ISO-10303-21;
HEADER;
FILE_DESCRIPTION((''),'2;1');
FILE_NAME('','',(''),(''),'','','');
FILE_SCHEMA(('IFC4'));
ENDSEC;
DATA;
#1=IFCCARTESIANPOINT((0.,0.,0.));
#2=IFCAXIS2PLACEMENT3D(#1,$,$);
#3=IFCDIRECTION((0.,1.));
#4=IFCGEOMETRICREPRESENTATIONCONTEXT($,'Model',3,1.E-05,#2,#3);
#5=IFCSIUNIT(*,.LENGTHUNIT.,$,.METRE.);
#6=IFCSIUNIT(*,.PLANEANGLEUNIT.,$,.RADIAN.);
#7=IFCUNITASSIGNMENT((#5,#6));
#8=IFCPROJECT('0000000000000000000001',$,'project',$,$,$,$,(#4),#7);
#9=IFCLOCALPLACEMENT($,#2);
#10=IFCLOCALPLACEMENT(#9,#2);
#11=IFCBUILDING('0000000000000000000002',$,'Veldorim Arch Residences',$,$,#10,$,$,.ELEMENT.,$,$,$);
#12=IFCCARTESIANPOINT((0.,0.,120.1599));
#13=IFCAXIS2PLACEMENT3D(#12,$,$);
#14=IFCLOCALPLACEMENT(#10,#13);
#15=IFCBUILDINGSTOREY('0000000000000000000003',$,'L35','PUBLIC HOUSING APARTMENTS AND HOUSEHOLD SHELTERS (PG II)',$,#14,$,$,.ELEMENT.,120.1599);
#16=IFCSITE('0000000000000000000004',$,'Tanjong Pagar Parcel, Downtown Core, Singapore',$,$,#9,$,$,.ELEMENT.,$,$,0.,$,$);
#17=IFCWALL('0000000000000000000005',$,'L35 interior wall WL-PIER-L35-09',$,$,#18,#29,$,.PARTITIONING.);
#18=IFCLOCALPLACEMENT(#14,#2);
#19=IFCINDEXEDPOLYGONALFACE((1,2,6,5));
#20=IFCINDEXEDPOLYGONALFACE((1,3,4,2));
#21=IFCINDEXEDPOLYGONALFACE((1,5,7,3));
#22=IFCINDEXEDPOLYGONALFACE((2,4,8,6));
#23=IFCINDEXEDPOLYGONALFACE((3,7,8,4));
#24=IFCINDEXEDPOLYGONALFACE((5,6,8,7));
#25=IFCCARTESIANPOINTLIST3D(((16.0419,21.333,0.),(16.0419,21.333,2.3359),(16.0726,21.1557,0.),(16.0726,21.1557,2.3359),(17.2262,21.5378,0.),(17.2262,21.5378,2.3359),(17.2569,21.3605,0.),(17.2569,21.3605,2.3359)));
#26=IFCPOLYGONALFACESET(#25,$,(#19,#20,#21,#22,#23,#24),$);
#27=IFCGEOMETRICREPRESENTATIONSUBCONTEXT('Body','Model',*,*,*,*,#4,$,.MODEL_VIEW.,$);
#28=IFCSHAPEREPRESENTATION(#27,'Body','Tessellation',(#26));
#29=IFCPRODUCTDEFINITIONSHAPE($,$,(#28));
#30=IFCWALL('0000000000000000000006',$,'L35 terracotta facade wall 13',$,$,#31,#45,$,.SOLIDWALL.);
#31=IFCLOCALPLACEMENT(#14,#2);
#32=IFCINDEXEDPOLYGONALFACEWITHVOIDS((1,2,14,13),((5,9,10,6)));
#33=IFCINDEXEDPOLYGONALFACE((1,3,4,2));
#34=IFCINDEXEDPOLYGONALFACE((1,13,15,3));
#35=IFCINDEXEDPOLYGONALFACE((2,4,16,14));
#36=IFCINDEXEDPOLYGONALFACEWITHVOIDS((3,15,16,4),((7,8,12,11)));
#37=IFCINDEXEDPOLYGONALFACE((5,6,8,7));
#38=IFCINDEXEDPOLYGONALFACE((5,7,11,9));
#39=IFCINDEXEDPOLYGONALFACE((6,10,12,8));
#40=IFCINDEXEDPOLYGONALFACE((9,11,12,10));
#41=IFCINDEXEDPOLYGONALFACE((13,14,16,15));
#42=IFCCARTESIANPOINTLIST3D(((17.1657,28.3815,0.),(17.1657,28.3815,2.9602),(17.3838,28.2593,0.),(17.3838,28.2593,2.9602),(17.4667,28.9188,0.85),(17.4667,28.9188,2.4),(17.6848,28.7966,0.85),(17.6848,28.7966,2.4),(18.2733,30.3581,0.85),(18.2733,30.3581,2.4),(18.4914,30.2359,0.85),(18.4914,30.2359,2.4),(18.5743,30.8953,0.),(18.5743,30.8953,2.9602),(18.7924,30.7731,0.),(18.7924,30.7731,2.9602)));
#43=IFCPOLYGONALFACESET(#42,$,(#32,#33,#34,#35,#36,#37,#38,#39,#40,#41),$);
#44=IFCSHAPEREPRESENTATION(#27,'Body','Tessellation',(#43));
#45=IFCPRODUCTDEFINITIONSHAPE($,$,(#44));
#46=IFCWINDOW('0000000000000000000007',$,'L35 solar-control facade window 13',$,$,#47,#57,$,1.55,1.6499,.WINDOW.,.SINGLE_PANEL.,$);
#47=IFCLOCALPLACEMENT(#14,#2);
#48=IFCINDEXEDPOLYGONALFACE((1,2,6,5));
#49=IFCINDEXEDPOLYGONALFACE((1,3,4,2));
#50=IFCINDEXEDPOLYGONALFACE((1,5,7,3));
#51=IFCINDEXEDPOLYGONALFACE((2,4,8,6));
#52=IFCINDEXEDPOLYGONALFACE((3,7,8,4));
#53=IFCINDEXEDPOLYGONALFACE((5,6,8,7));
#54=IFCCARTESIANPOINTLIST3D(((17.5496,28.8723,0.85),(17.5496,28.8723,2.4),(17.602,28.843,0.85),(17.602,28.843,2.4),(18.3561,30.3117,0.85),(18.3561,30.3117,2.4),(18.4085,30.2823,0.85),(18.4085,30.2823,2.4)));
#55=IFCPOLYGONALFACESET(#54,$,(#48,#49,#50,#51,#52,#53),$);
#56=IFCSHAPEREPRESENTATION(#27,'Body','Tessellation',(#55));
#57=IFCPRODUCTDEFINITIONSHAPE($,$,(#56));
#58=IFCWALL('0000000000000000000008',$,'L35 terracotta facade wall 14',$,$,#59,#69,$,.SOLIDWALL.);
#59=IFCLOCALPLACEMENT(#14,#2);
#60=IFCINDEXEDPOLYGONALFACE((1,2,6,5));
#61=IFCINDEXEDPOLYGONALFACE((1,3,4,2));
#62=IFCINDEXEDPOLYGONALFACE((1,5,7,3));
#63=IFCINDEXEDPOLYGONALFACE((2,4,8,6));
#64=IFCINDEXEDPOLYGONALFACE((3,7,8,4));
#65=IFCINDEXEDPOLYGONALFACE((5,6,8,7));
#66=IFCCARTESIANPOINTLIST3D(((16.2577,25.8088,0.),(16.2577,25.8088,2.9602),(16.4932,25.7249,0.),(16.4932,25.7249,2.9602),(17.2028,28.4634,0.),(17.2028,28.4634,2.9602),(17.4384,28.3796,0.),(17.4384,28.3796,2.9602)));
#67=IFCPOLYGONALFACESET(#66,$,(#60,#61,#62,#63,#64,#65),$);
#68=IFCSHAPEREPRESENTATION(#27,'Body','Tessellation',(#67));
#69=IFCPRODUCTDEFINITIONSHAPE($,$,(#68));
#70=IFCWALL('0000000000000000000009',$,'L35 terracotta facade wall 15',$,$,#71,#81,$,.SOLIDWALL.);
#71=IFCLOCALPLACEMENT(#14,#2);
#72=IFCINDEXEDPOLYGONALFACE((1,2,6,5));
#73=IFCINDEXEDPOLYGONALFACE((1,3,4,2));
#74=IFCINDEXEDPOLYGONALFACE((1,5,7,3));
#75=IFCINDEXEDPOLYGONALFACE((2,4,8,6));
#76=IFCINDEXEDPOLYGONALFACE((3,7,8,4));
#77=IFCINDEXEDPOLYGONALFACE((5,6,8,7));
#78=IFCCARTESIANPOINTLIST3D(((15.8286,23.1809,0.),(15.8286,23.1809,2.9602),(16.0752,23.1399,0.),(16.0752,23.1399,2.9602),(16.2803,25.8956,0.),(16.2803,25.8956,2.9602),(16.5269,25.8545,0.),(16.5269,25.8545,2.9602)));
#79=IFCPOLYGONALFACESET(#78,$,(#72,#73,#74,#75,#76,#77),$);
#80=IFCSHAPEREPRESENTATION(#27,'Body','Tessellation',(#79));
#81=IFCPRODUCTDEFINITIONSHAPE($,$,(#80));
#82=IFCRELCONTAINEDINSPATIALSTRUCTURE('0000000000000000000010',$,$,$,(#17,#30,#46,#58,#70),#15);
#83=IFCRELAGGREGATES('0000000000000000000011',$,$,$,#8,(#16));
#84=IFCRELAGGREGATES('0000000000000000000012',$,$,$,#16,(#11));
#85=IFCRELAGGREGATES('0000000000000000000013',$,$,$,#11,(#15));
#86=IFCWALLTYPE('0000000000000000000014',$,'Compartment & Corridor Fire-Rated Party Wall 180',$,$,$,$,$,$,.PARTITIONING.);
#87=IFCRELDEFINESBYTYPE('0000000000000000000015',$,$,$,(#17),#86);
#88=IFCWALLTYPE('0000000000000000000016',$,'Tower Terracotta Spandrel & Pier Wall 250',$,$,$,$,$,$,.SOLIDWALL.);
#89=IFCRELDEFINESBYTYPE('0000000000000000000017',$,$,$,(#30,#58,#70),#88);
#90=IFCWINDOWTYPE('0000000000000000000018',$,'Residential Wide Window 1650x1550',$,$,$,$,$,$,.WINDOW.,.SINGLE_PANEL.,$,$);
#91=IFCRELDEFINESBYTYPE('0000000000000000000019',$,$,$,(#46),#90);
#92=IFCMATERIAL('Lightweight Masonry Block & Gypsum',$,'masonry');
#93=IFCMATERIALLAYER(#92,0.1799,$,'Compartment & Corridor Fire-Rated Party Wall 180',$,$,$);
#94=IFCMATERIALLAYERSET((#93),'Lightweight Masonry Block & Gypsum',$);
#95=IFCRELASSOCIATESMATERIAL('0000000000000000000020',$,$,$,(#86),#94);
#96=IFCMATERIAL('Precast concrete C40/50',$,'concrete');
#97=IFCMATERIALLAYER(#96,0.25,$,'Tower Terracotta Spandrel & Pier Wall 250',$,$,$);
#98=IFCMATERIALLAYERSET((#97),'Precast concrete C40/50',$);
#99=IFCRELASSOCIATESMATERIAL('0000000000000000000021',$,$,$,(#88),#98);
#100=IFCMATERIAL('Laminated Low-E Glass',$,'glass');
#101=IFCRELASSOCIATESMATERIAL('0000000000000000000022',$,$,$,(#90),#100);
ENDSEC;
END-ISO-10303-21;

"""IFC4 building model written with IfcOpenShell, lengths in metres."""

from ifc_helpers import new_model, si_unit, direction, frame, frame_2d, origin, place, context, subcontext, project, spatial, rectangle, extrude, material, layer, layer_set, type_object, element, fill, save


model = new_model("IFC4")

# Units and contexts
model_context = context("Model", 3, precision=1e-05, world=origin(), true_north=direction((0.0, 1.0)))
body_context = subcontext(model_context, "Body", "Model", "MODEL_VIEW")
ifc_project = project(units=[si_unit("LENGTHUNIT", "METRE"), si_unit("PLANEANGLEUNIT", "RADIAN")], contexts=[model_context])

# Site, building, storey
site_placement = place(None, origin())
site = spatial("IfcSite", under=ifc_project, at=site_placement, Name="Tanjong Pagar Parcel, Downtown Core, Singapore", CompositionType="ELEMENT", RefElevation=0.0)
building_placement = place(site_placement, origin())
building = spatial("IfcBuilding", under=site, at=building_placement, Name="Veldorim Arch Residences", CompositionType="ELEMENT")
storey_placement = place(building_placement, frame((0.0, 0.0, 120.1599)))
storey = spatial("IfcBuildingStorey", under=building, at=storey_placement, Name="L35", Description="PUBLIC HOUSING APARTMENTS AND HOUSEHOLD SHELTERS (PG II)", CompositionType="ELEMENT", Elevation=120.1599)

# Wall
ifc_material_1 = material(Name="Lightweight Masonry Block & Gypsum", Category="masonry")
ifc_layer_1 = layer(ifc_material_1, 0.1799, Name="Compartment & Corridor Fire-Rated Party Wall 180")
ifc_layer_set_1 = layer_set([ifc_layer_1], Name="Lightweight Masonry Block & Gypsum")
wall_type_1 = type_object("IfcWallType", Name="Compartment & Corridor Fire-Rated Party Wall 180", PredefinedType="PARTITIONING", material=ifc_layer_set_1)
wall_1_placement = place(storey_placement, frame((17.2417, 21.4492, 0.0), z_axis=(0.0, 0.0, 1.0), x_axis=(-0.985371, -0.170424, 0.0)))
element("IfcWall", 1, at=wall_1_placement, inside=storey, type_object=wall_type_1, Name="L35 interior wall WL-PIER-L35-09", PredefinedType="PARTITIONING", context=body_context, shape_type="SweptSolid", body=[
    extrude(rectangle(XDim=1.2019, YDim=0.1799, at=frame_2d((0.6011, 0.0))), origin(), (0.0, 0.0, 1.0), 2.3359),
])

# Wall, opening, window
ifc_material_2 = material(Name="Precast concrete C40/50", Category="concrete")
ifc_layer_2 = layer(ifc_material_2, 0.25, Name="Tower Terracotta Spandrel & Pier Wall 250")
ifc_layer_set_2 = layer_set([ifc_layer_2], Name="Precast concrete C40/50")
wall_type_2 = type_object("IfcWallType", Name="Tower Terracotta Spandrel & Pier Wall 250", PredefinedType="SOLIDWALL", material=ifc_layer_set_2)
wall_2_placement = place(storey_placement, frame((17.2747, 28.3203, 0.0), z_axis=(0.0, 0.0, 1.0), x_axis=(0.488841, 0.872373, 0.0)))
wall_2 = element("IfcWall", 2, at=wall_2_placement, inside=storey, type_object=wall_type_2, Name="L35 terracotta facade wall 13", PredefinedType="SOLIDWALL", context=body_context, shape_type="SweptSolid", body=[
    extrude(rectangle(XDim=2.8816, YDim=0.25, at=frame_2d((1.4409, 0.0))), origin(), (0.0, 0.0, 1.0), 2.9602),
])
opening_placement = place(wall_2_placement, frame((0.616, 0.0, 0.8501)))
opening = element("IfcOpeningElement", 3, at=opening_placement, cuts=wall_2, PredefinedType="OPENING", context=body_context, shape_type="SweptSolid", body=[
    extrude(rectangle(XDim=1.6499, YDim=1.55, at=frame_2d((0.825, 0.7749))), frame((0.0, 0.135, 0.0), z_axis=(0.0, -1.0, 0.0), x_axis=(1.0, 0.0, 0.0)), (0.0, 0.0, 1.0), 0.27),
])
ifc_material_3 = material(Name="Laminated Low-E Glass", Category="glass")
window_type = type_object("IfcWindowType", Name="Residential Wide Window 1650x1550", PartitioningType="SINGLE_PANEL", PredefinedType="WINDOW", material=ifc_material_3)
window_placement = place(opening_placement, origin())
window = element("IfcWindow", 4, at=window_placement, inside=storey, type_object=window_type, Name="L35 solar-control facade window 13", OverallHeight=1.55, OverallWidth=1.6499, PartitioningType="SINGLE_PANEL", PredefinedType="WINDOW", context=body_context, shape_type="SweptSolid", body=[
    extrude(rectangle(XDim=1.6499, YDim=1.55, at=frame_2d((0.825, 0.7749))), frame((0.0, 0.03, 0.0), z_axis=(0.0, -1.0, 0.0), x_axis=(1.0, 0.0, 0.0)), (0.0, 0.0, 1.0), 0.0601),
])
fill(opening, window)

# Walls
wall_3_placement = place(storey_placement, frame((16.3755, 25.7668, 0.0), z_axis=(0.0, 0.0, 1.0), x_axis=(0.335398, 0.942077, 0.0)))
element("IfcWall", 5, at=wall_3_placement, inside=storey, type_object=wall_type_2, Name="L35 terracotta facade wall 14", PredefinedType="SOLIDWALL", context=body_context, shape_type="SweptSolid", body=[
    extrude(rectangle(XDim=2.8179, YDim=0.25, at=frame_2d((1.4089, 0.0))), origin(), (0.0, 0.0, 1.0), 2.9602),
])
wall_4_placement = place(storey_placement, frame((15.9519, 23.1604, 0.0), z_axis=(0.0, 0.0, 1.0), x_axis=(0.164126, 0.986439, 0.0)))
element("IfcWall", 6, at=wall_4_placement, inside=storey, type_object=wall_type_2, Name="L35 terracotta facade wall 15", PredefinedType="SOLIDWALL", context=body_context, shape_type="SweptSolid", body=[
    extrude(rectangle(XDim=2.752, YDim=0.25, at=frame_2d((1.376, 0.0))), origin(), (0.0, 0.0, 1.0), 2.9602),
])

save(model, "model.ifc")
